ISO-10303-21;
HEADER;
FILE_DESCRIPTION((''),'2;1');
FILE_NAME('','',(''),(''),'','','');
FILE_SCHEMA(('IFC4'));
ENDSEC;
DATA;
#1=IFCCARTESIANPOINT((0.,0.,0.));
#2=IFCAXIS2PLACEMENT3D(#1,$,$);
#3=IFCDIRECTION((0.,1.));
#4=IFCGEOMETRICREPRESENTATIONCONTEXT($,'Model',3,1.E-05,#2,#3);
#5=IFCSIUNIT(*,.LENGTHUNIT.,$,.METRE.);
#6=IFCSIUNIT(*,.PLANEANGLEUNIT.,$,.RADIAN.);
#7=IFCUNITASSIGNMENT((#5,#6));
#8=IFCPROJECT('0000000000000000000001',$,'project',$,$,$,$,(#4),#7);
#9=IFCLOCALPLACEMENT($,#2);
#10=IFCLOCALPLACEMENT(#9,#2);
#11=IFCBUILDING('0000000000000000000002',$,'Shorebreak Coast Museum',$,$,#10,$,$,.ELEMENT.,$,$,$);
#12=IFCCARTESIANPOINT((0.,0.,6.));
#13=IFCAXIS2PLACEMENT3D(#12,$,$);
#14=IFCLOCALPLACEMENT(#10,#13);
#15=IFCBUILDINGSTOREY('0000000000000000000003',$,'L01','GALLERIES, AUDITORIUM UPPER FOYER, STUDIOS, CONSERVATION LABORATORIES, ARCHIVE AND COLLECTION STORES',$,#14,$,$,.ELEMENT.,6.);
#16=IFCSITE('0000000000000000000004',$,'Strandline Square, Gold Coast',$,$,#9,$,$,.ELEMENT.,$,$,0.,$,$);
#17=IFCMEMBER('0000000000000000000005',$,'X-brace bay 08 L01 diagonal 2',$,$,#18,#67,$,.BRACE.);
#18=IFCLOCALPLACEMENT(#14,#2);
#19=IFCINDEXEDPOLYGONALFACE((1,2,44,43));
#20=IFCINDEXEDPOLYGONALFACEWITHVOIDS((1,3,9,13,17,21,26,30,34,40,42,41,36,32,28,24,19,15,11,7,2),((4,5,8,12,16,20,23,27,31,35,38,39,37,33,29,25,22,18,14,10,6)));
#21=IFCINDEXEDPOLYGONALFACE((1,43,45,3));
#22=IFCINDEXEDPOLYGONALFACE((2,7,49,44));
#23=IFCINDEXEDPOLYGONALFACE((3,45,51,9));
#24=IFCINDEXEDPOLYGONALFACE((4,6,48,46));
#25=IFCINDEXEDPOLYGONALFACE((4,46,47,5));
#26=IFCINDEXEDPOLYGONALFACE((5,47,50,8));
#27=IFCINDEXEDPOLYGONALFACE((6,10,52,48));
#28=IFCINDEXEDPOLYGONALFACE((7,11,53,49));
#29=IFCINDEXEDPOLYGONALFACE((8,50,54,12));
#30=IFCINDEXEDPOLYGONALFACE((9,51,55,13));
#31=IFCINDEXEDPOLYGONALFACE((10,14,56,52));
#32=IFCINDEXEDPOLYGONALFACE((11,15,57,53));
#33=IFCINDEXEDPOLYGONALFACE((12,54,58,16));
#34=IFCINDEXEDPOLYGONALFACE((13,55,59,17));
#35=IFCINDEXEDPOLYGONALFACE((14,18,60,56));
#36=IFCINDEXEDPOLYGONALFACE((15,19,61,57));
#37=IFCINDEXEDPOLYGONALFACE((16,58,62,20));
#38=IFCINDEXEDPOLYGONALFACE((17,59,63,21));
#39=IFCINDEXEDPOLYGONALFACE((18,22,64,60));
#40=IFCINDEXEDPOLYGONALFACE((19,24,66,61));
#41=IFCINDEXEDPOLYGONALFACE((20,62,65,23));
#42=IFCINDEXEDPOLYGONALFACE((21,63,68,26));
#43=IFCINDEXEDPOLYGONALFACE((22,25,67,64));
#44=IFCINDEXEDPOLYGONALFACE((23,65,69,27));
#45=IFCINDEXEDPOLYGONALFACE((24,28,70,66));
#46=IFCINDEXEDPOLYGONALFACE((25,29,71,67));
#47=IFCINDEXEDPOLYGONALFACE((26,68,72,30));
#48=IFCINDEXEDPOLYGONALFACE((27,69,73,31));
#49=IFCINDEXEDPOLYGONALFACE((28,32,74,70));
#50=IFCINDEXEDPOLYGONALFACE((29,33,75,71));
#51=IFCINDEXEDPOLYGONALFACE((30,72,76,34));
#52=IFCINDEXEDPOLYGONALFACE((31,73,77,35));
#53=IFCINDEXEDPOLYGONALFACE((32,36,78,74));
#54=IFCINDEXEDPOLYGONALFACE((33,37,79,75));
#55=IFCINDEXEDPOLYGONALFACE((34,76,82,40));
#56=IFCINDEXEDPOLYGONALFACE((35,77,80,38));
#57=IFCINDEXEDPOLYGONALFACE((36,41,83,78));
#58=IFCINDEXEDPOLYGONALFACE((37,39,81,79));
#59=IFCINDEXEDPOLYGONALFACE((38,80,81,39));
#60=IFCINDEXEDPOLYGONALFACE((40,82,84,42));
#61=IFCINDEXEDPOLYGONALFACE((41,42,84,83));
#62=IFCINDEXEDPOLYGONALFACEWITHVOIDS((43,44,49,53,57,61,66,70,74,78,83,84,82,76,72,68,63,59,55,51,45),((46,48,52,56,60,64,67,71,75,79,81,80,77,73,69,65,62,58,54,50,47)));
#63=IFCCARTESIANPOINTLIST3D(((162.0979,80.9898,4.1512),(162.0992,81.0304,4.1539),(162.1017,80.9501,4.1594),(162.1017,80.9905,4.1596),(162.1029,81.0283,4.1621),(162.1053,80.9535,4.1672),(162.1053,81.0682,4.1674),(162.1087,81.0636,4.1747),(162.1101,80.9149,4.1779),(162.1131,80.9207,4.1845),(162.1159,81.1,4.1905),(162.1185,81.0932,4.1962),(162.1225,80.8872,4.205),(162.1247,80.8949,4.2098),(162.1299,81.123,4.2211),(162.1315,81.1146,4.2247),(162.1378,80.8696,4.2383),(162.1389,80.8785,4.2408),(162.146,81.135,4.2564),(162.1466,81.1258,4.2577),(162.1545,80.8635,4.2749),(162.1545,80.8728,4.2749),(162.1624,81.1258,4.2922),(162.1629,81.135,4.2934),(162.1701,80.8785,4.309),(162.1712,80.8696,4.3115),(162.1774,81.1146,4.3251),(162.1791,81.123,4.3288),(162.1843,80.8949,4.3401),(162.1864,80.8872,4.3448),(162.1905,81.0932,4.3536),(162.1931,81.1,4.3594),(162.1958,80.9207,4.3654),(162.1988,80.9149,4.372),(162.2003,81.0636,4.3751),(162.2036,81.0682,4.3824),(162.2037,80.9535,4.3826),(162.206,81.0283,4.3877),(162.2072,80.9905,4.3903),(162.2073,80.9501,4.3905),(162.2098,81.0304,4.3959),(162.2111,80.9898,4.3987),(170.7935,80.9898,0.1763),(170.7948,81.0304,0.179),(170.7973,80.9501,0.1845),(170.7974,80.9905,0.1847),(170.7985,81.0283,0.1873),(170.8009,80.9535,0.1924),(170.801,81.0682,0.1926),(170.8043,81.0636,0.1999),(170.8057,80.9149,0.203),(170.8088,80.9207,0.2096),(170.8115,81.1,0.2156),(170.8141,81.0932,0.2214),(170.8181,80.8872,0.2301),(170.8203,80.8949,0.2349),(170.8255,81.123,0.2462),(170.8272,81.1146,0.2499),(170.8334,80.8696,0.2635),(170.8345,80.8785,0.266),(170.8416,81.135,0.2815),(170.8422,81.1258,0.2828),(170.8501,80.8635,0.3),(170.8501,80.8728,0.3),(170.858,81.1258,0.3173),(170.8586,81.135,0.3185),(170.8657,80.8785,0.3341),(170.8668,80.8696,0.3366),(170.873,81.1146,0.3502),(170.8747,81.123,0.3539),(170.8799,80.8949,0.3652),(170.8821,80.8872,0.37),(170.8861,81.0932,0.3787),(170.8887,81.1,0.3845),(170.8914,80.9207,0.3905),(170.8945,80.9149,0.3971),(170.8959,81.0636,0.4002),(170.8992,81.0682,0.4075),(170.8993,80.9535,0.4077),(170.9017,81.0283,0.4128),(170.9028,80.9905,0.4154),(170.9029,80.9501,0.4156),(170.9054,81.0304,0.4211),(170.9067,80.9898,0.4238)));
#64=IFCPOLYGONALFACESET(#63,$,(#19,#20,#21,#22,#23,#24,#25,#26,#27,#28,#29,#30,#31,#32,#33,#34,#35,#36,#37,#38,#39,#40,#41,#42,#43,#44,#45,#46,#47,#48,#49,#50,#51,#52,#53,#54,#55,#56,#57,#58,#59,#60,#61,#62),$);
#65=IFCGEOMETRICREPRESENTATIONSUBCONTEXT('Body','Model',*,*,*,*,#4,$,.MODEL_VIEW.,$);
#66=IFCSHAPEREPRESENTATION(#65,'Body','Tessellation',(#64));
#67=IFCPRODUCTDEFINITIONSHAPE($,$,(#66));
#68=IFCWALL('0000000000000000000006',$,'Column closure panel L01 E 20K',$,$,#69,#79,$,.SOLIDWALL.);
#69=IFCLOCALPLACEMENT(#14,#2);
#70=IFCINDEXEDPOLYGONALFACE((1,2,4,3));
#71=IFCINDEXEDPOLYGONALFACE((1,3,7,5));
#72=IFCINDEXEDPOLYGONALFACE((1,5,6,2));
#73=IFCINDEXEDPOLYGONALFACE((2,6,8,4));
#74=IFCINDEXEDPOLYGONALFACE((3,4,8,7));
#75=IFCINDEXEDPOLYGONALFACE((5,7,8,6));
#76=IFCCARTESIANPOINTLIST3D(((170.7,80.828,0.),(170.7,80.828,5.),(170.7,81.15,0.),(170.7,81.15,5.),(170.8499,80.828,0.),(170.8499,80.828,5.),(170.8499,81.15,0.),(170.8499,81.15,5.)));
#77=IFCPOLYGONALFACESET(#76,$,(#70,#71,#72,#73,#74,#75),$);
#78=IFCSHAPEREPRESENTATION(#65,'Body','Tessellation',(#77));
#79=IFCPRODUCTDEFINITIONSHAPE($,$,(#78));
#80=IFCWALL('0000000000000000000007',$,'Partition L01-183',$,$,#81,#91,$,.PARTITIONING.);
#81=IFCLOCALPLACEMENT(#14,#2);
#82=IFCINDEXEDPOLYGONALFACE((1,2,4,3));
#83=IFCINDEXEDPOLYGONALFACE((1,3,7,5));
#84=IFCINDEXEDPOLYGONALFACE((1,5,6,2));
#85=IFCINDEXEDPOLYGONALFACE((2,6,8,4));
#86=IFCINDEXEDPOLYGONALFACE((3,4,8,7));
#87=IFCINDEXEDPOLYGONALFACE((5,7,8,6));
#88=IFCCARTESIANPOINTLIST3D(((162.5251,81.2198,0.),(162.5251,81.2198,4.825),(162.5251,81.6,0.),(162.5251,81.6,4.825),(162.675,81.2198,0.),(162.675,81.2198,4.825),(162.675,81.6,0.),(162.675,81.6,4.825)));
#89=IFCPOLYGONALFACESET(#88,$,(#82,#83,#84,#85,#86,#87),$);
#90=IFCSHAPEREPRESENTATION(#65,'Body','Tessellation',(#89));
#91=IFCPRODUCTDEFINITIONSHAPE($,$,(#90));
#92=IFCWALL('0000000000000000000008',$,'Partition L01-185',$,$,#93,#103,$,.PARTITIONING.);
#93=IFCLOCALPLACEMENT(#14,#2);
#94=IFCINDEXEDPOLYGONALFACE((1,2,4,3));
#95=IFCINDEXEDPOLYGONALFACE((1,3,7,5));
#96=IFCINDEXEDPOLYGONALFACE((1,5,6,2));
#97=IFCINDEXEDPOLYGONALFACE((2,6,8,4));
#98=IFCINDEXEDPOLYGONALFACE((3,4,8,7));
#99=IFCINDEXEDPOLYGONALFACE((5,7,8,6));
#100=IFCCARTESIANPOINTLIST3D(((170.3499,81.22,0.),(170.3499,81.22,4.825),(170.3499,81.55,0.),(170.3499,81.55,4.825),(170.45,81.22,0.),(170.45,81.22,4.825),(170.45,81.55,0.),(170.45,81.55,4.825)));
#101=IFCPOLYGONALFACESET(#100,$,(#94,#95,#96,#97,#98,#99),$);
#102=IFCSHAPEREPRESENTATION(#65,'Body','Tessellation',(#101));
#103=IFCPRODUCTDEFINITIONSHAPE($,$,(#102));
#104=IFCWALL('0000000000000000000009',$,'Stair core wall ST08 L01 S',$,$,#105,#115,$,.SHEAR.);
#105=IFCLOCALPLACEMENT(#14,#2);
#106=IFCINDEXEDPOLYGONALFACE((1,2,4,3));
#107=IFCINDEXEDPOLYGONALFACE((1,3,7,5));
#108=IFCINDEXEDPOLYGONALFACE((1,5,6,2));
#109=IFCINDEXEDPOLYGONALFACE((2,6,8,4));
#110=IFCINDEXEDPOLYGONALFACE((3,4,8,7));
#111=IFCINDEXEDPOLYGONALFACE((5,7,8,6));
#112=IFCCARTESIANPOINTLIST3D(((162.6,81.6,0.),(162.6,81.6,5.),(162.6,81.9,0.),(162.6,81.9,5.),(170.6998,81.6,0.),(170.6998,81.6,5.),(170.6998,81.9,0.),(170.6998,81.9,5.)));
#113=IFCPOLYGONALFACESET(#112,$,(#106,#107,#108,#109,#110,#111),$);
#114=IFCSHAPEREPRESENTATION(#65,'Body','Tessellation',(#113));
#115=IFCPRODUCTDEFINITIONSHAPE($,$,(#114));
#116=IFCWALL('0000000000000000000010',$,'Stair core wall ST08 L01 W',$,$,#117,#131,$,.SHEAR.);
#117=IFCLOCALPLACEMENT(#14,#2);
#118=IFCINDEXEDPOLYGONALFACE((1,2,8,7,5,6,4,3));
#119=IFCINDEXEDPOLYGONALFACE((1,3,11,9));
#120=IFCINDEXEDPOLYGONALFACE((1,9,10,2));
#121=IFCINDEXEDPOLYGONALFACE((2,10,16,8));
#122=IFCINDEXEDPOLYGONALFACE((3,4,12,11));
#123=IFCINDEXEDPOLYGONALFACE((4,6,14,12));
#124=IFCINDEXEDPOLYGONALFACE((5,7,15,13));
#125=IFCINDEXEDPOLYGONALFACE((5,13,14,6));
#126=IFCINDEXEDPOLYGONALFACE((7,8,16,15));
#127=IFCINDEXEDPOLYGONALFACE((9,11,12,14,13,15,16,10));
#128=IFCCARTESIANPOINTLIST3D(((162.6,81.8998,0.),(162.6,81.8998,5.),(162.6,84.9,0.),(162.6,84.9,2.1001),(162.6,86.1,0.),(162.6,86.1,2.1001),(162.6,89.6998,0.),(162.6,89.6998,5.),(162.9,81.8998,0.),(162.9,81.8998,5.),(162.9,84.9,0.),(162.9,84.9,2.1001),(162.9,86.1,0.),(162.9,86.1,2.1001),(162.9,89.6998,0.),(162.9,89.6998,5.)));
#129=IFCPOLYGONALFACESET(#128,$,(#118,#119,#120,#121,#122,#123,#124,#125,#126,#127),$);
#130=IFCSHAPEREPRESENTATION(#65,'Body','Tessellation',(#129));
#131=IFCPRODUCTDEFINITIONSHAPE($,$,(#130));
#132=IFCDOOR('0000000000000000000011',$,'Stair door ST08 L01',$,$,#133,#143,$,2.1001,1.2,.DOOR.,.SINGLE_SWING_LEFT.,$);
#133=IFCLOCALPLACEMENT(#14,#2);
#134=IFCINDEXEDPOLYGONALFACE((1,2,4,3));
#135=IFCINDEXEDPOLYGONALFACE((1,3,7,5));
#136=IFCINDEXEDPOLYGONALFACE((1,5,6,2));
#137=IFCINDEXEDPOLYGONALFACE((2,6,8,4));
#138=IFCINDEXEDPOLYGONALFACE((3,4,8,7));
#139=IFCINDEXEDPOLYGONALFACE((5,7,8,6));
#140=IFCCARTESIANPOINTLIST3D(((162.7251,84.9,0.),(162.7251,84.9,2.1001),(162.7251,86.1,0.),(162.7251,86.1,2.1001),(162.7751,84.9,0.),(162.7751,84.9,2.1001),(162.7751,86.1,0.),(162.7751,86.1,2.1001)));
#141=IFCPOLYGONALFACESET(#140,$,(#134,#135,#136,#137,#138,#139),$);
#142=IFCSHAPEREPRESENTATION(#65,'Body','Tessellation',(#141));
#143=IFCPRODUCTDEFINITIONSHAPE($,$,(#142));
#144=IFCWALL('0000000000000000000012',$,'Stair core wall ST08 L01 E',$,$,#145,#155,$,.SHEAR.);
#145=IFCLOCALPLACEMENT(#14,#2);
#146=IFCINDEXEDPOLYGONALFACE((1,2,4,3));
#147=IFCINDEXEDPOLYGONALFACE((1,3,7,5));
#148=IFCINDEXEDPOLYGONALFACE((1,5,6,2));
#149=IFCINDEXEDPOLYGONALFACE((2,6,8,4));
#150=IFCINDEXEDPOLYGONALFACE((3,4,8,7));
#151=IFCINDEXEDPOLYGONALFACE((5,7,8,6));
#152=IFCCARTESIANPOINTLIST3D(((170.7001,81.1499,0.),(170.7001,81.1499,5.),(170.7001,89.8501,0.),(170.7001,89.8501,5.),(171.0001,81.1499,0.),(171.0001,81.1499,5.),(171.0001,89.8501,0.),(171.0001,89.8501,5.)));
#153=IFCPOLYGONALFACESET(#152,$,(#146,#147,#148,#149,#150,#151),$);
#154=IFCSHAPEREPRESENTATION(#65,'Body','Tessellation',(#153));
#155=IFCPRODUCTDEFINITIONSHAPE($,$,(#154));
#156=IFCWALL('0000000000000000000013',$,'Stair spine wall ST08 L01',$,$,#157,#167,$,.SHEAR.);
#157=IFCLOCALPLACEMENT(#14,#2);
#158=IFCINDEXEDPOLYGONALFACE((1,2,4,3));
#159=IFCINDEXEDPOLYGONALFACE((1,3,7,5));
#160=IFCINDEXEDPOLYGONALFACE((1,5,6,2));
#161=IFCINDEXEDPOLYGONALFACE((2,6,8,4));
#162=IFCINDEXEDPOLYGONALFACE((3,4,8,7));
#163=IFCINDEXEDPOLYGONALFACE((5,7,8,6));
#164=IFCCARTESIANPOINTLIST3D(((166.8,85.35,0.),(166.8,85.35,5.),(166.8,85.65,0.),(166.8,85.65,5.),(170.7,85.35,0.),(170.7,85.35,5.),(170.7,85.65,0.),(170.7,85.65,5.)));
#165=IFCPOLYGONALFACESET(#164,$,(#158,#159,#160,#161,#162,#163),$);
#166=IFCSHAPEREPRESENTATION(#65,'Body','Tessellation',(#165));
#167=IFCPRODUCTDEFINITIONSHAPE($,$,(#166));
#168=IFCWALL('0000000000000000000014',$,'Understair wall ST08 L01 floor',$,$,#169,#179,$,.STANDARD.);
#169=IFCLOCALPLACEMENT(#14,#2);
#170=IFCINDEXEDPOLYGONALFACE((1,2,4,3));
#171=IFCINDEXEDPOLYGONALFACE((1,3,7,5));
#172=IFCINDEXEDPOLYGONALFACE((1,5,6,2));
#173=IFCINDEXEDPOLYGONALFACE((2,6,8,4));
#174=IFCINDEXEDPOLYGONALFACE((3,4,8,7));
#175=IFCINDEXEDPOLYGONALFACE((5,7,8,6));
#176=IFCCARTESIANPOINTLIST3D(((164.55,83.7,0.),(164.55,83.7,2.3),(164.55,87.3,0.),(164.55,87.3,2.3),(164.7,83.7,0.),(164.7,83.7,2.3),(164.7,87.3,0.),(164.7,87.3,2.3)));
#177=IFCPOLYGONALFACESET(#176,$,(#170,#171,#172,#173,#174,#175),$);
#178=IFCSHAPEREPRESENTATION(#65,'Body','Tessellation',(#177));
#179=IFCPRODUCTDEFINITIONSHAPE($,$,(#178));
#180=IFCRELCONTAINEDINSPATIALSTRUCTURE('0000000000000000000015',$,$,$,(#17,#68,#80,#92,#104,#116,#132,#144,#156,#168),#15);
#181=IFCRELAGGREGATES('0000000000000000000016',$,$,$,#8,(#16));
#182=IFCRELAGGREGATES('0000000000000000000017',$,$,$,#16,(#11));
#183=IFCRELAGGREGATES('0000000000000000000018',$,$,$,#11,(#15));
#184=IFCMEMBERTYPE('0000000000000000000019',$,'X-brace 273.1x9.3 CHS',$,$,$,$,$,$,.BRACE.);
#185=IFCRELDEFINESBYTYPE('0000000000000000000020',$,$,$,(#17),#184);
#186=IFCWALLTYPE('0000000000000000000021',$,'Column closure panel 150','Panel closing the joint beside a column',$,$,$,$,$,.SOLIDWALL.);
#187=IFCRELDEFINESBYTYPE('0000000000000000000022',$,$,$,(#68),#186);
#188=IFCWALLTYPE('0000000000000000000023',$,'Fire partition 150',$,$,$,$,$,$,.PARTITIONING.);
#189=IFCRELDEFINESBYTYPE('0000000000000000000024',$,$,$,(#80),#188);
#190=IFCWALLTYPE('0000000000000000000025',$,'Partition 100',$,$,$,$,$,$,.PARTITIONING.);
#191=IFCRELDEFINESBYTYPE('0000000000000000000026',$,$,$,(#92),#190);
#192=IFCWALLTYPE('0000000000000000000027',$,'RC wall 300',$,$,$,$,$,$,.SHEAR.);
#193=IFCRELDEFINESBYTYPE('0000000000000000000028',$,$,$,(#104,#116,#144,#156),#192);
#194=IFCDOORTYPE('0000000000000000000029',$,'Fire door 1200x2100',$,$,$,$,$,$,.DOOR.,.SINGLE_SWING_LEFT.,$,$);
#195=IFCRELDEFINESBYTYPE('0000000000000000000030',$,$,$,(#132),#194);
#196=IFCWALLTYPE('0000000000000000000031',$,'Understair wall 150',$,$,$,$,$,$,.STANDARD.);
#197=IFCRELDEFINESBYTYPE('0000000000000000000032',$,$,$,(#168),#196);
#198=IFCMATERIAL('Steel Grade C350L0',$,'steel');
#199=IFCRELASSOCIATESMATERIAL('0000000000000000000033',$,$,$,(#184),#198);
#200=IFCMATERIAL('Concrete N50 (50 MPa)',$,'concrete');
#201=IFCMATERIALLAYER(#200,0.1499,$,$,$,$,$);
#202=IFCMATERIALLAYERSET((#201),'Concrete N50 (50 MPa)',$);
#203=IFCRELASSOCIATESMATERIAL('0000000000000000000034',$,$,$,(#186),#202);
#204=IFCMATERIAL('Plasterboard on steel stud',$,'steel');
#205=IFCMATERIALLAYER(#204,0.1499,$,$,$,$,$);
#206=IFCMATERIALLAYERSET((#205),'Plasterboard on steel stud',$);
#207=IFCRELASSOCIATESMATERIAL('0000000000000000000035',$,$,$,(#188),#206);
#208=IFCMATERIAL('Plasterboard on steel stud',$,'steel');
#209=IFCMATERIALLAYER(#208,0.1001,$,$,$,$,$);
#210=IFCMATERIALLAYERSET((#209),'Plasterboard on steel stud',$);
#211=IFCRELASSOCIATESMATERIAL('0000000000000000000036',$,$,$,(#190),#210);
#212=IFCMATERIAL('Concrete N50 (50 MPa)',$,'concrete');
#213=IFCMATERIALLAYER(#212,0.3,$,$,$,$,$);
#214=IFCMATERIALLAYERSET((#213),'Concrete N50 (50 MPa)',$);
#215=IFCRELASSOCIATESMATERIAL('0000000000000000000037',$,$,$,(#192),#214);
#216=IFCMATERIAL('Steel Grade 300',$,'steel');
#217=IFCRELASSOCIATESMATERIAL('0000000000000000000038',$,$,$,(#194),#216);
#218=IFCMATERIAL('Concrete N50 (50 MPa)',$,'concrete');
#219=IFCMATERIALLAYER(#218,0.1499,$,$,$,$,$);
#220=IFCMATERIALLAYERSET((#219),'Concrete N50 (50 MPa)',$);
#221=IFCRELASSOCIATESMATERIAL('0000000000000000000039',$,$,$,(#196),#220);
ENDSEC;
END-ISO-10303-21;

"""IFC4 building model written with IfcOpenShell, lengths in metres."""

from ifc_helpers import new_model, si_unit, direction, frame, frame_2d, origin, origin_2d, place, context, subcontext, project, spatial, rectangle, hollow_circle, extrude, material, layer, layer_set, material_profile, profile_set, type_object, element, fill, save


model = new_model("IFC4")

# Units and contexts
model_context = context("Model", 3, precision=1e-05, world=origin(), true_north=direction((0.0, 1.0)))
body_context = subcontext(model_context, "Body", "Model", "MODEL_VIEW")
ifc_project = project(units=[si_unit("LENGTHUNIT", "METRE"), si_unit("PLANEANGLEUNIT", "RADIAN")], contexts=[model_context])

# Site, building, storey
site_placement = place(None, origin())
site = spatial("IfcSite", under=ifc_project, at=site_placement, Name="Strandline Square, Gold Coast", CompositionType="ELEMENT", RefElevation=0.0)
building_placement = place(site_placement, origin())
building = spatial("IfcBuilding", under=site, at=building_placement, Name="Shorebreak Coast Museum", CompositionType="ELEMENT")
storey_placement = place(building_placement, frame((0.0, 0.0, 6.0)))
storey = spatial("IfcBuildingStorey", under=building, at=storey_placement, Name="L01", Description="GALLERIES, AUDITORIUM UPPER FOYER, STUDIOS, CONSERVATION LABORATORIES, ARCHIVE AND COLLECTION STORES", CompositionType="ELEMENT", Elevation=6.0)

# Member
ifc_material_1 = material(Name="Steel Grade C350L0", Category="steel")
ifc_material_profile_1 = material_profile(ifc_material_1, hollow_circle(Radius=0.1365, WallThickness=0.0093, at=origin_2d()), Name="273.1x9.3 CHS")
ifc_profile_set_1 = profile_set([ifc_material_profile_1], Name="Steel Grade C350L0")
member_type = type_object("IfcMemberType", Name="X-brace 273.1x9.3 CHS", PredefinedType="BRACE", material=ifc_profile_set_1)
member_placement = place(storey_placement, frame((170.8501, 81.0, 0.3), z_axis=(-0.909485, 0.0, 0.415737), x_axis=(0.0, -1.0, 0.0)))
element("IfcMember", 1, at=member_placement, inside=storey, type_object=member_type, Name="X-brace bay 08 L01 diagonal 2", PredefinedType="BRACE", context=body_context, shape_type="SweptSolid", body=[
    extrude(hollow_circle(Radius=0.1365, WallThickness=0.0093, at=origin_2d()), origin(), (0.0, 0.0, 1.0), 9.561),
])

# Walls
ifc_material_2 = material(Name="Concrete N50 (50 MPa)", Category="concrete")
ifc_layer_1 = layer(ifc_material_2, 0.1499)
ifc_layer_set_1 = layer_set([ifc_layer_1], Name="Concrete N50 (50 MPa)")
wall_type_1 = type_object("IfcWallType", Name="Column closure panel 150", Description="Panel closing the joint beside a column", PredefinedType="SOLIDWALL", material=ifc_layer_set_1)
wall_1_placement = place(storey_placement, frame((170.7749, 80.8279, 0.0), z_axis=(0.0, 0.0, 1.0), x_axis=(0.0, 1.0, 0.0)))
element("IfcWall", 2, at=wall_1_placement, inside=storey, type_object=wall_type_1, Name="Column closure panel L01 E 20K", PredefinedType="SOLIDWALL", context=body_context, shape_type="SweptSolid", body=[
    extrude(rectangle(XDim=0.322, YDim=0.1499, at=frame_2d((0.1611, 0.0))), origin(), (0.0, 0.0, 1.0), 5.0),
])
ifc_material_3 = material(Name="Plasterboard on steel stud", Category="steel")
ifc_layer_2 = layer(ifc_material_3, 0.1499)
ifc_layer_set_2 = layer_set([ifc_layer_2], Name="Plasterboard on steel stud")
wall_type_2 = type_object("IfcWallType", Name="Fire partition 150", PredefinedType="PARTITIONING", material=ifc_layer_set_2)
wall_2_placement = place(storey_placement, frame((162.6001, 81.22, 0.0), z_axis=(0.0, 0.0, 1.0), x_axis=(0.0, 1.0, 0.0)))
element("IfcWall", 3, at=wall_2_placement, inside=storey, type_object=wall_type_2, Name="Partition L01-183", PredefinedType="PARTITIONING", context=body_context, shape_type="SweptSolid", body=[
    extrude(rectangle(XDim=0.3801, YDim=0.1499, at=frame_2d((0.1899, 0.0))), origin(), (0.0, 0.0, 1.0), 4.825),
])
ifc_material_4 = material(Name="Plasterboard on steel stud", Category="steel")
ifc_layer_3 = layer(ifc_material_4, 0.1001)
ifc_layer_set_3 = layer_set([ifc_layer_3], Name="Plasterboard on steel stud")
wall_type_3 = type_object("IfcWallType", Name="Partition 100", PredefinedType="PARTITIONING", material=ifc_layer_set_3)
wall_3_placement = place(storey_placement, frame((170.3999, 81.22, 0.0), z_axis=(0.0, 0.0, 1.0), x_axis=(0.0, 1.0, 0.0)))
element("IfcWall", 4, at=wall_3_placement, inside=storey, type_object=wall_type_3, Name="Partition L01-185", PredefinedType="PARTITIONING", context=body_context, shape_type="SweptSolid", body=[
    extrude(rectangle(XDim=0.3301, YDim=0.1001, at=frame_2d((0.165, 0.0))), origin(), (0.0, 0.0, 1.0), 4.825),
])
ifc_material_5 = material(Name="Concrete N50 (50 MPa)", Category="concrete")
ifc_layer_4 = layer(ifc_material_5, 0.3)
ifc_layer_set_4 = layer_set([ifc_layer_4], Name="Concrete N50 (50 MPa)")
wall_type_4 = type_object("IfcWallType", Name="RC wall 300", PredefinedType="SHEAR", material=ifc_layer_set_4)
wall_4_placement = place(storey_placement, frame((162.6001, 81.75, 0.0), z_axis=(0.0, 0.0, 1.0), x_axis=(1.0, 0.0, 0.0)))
element("IfcWall", 5, at=wall_4_placement, inside=storey, type_object=wall_type_4, Name="Stair core wall ST08 L01 S", PredefinedType="SHEAR", context=body_context, shape_type="SweptSolid", body=[
    extrude(rectangle(XDim=8.0999, YDim=0.3, at=frame_2d((4.0498, 0.0))), origin(), (0.0, 0.0, 1.0), 5.0),
])

# Wall, opening, door
wall_5_placement = place(storey_placement, frame((162.75, 81.8999, 0.0), z_axis=(0.0, 0.0, 1.0), x_axis=(0.0, 1.0, 0.0)))
wall_5 = element("IfcWall", 6, at=wall_5_placement, inside=storey, type_object=wall_type_4, Name="Stair core wall ST08 L01 W", PredefinedType="SHEAR", context=body_context, shape_type="SweptSolid", body=[
    extrude(rectangle(XDim=7.8, YDim=0.3, at=frame_2d((3.8999, 0.0))), origin(), (0.0, 0.0, 1.0), 5.0),
])
opening_placement = place(wall_5_placement, frame((3.0, 0.0, 0.0)))
opening = element("IfcOpeningElement", 7, at=opening_placement, cuts=wall_5, PredefinedType="OPENING", context=body_context, shape_type="SweptSolid", body=[
    extrude(rectangle(XDim=1.2, YDim=2.1001, at=frame_2d((0.6001, 1.05))), frame((0.0, 0.1599, 0.0), z_axis=(0.0, -1.0, 0.0), x_axis=(1.0, 0.0, 0.0)), (0.0, 0.0, 1.0), 0.3201),
])
ifc_material_6 = material(Name="Steel Grade 300", Category="steel")
door_type = type_object("IfcDoorType", Name="Fire door 1200x2100", OperationType="SINGLE_SWING_LEFT", PredefinedType="DOOR", material=ifc_material_6)
door_placement = place(opening_placement, origin())
door = element("IfcDoor", 8, at=door_placement, inside=storey, type_object=door_type, Name="Stair door ST08 L01", OperationType="SINGLE_SWING_LEFT", OverallHeight=2.1001, OverallWidth=1.2, PredefinedType="DOOR", context=body_context, shape_type="SweptSolid", body=[
    extrude(rectangle(XDim=1.2, YDim=2.1001, at=frame_2d((0.6001, 1.05))), frame((0.0, 0.0249, 0.0), z_axis=(0.0, -1.0, 0.0), x_axis=(1.0, 0.0, 0.0)), (0.0, 0.0, 1.0), 0.05),
])
fill(opening, door)

# Walls
wall_6_placement = place(storey_placement, frame((170.8501, 81.1499, 0.0), z_axis=(0.0, 0.0, 1.0), x_axis=(0.0, 1.0, 0.0)))
element("IfcWall", 9, at=wall_6_placement, inside=storey, type_object=wall_type_4, Name="Stair core wall ST08 L01 E", PredefinedType="SHEAR", context=body_context, shape_type="SweptSolid", body=[
    extrude(rectangle(XDim=8.7002, YDim=0.3, at=frame_2d((4.3501, 0.0))), origin(), (0.0, 0.0, 1.0), 5.0),
])
wall_7_placement = place(storey_placement, frame((166.8, 85.5, 0.0), z_axis=(0.0, 0.0, 1.0), x_axis=(1.0, 0.0, 0.0)))
element("IfcWall", 10, at=wall_7_placement, inside=storey, type_object=wall_type_4, Name="Stair spine wall ST08 L01", PredefinedType="SHEAR", context=body_context, shape_type="SweptSolid", body=[
    extrude(rectangle(XDim=3.8999, YDim=0.3, at=frame_2d((1.95, 0.0))), origin(), (0.0, 0.0, 1.0), 5.0),
])
ifc_material_7 = material(Name="Concrete N50 (50 MPa)", Category="concrete")
ifc_layer_5 = layer(ifc_material_7, 0.1499)
ifc_layer_set_5 = layer_set([ifc_layer_5], Name="Concrete N50 (50 MPa)")
wall_type_5 = type_object("IfcWallType", Name="Understair wall 150", PredefinedType="STANDARD", material=ifc_layer_set_5)
wall_8_placement = place(storey_placement, frame((164.625, 83.7, 0.0), z_axis=(0.0, 0.0, 1.0), x_axis=(0.0, 1.0, 0.0)))
element("IfcWall", 11, at=wall_8_placement, inside=storey, type_object=wall_type_5, Name="Understair wall ST08 L01 floor", PredefinedType="STANDARD", context=body_context, shape_type="SweptSolid", body=[
    extrude(rectangle(XDim=3.6001, YDim=0.1499, at=frame_2d((1.8, 0.0))), origin(), (0.0, 0.0, 1.0), 2.3),
])

save(model, "model.ifc")
